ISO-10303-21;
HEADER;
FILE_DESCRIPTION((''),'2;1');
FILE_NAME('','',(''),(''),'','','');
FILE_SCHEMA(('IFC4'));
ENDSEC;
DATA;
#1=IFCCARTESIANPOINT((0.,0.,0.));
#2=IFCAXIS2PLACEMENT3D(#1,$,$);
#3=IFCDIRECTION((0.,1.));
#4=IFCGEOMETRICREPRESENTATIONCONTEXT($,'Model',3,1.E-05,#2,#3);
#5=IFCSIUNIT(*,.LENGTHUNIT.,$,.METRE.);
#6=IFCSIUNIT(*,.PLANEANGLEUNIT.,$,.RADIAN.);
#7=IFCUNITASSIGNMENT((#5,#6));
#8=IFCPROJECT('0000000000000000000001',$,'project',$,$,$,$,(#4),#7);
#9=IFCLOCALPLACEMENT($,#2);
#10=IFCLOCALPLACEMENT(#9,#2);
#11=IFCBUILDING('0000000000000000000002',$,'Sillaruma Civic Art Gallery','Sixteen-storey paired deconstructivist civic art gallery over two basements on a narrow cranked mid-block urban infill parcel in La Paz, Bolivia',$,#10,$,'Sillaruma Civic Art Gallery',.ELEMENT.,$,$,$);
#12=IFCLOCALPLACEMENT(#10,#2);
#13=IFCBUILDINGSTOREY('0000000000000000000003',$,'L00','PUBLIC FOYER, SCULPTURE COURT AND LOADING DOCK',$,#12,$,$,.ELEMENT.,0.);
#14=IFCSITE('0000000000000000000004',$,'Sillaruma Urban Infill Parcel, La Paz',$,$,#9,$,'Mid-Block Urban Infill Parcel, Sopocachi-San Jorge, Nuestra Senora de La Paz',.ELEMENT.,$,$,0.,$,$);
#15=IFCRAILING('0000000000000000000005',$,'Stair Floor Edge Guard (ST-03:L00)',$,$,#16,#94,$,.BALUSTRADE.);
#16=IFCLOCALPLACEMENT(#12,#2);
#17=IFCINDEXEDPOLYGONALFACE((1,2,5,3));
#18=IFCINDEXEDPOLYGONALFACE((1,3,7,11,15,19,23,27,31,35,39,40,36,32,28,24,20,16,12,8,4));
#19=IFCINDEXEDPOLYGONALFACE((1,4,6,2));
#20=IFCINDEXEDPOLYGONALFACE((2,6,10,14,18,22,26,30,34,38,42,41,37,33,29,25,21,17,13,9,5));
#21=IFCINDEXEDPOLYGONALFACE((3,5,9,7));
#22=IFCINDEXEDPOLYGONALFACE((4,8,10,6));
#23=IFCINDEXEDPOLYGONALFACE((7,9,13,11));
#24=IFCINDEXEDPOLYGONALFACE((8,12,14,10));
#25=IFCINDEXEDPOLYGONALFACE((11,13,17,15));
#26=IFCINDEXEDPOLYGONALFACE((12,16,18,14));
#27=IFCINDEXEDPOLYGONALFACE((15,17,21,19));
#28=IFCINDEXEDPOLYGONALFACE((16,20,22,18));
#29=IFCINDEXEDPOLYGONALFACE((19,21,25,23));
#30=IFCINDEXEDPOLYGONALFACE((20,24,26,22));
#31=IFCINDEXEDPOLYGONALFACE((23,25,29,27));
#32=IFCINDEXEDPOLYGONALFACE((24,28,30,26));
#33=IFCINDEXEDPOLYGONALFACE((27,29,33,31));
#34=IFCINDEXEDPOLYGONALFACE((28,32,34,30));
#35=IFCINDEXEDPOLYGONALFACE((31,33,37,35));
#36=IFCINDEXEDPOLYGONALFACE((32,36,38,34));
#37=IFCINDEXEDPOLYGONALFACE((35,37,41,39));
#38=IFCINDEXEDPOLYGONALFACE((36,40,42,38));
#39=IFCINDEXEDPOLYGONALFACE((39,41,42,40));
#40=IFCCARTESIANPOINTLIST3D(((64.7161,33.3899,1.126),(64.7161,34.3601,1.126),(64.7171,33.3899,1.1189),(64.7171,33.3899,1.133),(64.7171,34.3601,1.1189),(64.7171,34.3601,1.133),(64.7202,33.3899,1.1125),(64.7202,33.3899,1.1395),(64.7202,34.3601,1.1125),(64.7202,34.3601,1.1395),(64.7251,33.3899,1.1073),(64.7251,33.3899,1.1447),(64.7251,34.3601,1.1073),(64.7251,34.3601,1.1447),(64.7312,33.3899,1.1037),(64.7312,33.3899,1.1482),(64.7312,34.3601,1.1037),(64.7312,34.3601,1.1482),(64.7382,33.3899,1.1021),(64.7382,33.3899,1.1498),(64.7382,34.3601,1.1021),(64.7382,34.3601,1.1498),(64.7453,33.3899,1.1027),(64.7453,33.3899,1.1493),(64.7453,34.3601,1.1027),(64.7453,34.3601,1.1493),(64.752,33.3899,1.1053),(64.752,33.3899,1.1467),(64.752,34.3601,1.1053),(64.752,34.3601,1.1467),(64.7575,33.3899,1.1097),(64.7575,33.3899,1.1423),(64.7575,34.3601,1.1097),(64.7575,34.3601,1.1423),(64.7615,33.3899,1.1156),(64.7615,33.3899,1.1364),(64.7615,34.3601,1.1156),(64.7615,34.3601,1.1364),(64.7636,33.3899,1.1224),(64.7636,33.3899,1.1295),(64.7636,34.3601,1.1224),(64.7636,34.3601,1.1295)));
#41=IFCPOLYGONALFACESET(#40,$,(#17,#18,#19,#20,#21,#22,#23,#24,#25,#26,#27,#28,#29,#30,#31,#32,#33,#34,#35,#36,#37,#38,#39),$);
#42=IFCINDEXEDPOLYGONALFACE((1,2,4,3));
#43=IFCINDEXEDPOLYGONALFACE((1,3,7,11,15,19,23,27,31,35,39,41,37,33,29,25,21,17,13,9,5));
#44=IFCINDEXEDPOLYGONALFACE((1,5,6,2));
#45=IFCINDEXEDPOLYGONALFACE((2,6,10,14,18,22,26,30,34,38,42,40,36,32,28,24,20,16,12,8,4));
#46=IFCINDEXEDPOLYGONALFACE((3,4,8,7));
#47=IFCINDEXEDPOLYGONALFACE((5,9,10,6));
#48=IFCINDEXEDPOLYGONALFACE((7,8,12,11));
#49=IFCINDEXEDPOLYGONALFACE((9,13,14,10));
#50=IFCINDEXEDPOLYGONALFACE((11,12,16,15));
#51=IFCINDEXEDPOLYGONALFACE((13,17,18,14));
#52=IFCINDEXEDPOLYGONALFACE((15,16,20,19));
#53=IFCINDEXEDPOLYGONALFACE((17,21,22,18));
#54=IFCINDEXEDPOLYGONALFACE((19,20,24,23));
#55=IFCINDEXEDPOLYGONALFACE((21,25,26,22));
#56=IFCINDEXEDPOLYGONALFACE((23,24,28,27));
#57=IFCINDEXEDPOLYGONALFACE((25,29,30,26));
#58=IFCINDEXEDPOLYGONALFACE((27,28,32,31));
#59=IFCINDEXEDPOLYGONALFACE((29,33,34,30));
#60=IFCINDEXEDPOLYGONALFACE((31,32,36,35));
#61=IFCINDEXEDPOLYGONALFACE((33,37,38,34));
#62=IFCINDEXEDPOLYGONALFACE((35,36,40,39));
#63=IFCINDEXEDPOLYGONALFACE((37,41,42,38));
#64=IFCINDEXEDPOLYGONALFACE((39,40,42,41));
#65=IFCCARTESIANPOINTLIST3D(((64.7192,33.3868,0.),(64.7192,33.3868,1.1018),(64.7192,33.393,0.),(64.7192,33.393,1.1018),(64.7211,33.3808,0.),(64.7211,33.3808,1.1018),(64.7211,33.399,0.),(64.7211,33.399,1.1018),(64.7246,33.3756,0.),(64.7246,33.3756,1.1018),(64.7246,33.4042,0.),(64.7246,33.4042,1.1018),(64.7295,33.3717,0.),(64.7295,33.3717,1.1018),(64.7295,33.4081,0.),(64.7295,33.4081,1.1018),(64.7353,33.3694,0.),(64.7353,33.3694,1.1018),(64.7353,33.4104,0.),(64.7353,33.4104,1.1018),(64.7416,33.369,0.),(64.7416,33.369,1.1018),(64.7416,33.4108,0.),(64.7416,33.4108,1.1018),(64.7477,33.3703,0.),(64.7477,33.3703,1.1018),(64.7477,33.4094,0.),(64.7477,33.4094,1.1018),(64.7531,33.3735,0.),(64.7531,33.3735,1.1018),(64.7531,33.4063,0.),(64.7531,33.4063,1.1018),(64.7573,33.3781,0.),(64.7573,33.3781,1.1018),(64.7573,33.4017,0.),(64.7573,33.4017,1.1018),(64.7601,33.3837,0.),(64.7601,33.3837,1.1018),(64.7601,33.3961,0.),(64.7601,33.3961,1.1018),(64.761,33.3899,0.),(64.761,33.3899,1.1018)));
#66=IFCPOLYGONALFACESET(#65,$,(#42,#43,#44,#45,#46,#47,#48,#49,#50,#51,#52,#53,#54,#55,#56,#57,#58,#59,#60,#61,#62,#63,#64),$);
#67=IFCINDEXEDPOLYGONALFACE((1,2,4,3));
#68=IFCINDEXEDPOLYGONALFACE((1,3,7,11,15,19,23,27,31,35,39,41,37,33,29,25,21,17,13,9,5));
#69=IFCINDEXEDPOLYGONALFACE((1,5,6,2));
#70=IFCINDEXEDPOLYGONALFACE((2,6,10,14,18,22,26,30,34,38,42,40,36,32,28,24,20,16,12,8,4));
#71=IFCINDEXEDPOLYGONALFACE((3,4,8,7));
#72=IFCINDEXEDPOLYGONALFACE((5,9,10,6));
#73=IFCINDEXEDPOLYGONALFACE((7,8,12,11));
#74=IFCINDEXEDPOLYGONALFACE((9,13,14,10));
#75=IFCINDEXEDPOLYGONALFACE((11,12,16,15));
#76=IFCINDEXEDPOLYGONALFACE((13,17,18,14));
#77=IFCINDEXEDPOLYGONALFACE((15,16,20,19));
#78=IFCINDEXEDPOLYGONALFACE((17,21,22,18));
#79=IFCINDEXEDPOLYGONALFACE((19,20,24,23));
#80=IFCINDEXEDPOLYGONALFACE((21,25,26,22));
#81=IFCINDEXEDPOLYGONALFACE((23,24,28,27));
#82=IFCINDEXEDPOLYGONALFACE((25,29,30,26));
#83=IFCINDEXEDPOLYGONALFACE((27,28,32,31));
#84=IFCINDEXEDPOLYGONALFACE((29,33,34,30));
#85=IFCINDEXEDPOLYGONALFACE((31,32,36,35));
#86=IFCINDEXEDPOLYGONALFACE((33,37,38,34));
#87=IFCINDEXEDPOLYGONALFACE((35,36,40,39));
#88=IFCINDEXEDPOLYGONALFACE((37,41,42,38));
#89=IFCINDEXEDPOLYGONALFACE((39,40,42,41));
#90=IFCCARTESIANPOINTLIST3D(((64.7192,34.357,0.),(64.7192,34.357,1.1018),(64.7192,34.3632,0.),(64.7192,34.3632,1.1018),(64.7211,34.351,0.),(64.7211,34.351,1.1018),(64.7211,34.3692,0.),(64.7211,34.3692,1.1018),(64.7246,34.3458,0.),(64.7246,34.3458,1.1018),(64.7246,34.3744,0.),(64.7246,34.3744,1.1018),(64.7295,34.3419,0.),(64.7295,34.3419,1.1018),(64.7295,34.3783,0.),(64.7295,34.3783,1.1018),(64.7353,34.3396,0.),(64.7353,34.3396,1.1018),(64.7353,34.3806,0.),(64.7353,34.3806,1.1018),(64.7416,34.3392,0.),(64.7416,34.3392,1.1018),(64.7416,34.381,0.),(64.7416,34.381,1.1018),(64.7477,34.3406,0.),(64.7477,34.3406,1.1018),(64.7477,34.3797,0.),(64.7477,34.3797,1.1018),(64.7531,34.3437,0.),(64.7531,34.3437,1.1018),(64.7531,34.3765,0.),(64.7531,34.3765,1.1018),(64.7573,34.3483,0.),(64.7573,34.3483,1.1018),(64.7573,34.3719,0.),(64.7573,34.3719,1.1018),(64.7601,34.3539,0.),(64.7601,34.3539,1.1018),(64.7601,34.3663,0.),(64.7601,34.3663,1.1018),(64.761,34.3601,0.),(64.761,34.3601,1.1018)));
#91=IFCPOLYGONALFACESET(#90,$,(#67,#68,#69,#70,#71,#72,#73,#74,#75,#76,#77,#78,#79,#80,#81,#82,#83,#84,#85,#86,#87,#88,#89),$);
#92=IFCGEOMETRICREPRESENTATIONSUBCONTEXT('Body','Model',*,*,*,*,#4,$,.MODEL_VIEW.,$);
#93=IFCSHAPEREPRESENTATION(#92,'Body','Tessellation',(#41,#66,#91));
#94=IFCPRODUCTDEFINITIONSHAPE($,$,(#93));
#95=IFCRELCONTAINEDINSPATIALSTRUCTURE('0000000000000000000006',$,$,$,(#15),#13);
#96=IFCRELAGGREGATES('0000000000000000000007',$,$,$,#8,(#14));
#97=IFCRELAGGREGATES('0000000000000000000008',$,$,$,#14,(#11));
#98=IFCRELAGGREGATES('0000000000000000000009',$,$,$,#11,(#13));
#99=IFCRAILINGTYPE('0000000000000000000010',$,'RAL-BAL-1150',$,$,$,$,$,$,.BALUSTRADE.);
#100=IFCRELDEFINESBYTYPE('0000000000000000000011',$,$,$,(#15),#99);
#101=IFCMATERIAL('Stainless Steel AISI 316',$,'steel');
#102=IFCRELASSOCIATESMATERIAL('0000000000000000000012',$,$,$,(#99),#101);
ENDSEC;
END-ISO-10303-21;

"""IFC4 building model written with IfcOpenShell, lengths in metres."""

from ifc_helpers import new_model, si_unit, direction, frame, origin, origin_2d, place, context, subcontext, project, spatial, circle, extrude, material, type_object, element, save


model = new_model("IFC4")

# Units and contexts
model_context = context("Model", 3, precision=1e-05, world=origin(), true_north=direction((0.0, 1.0)))
body_context = subcontext(model_context, "Body", "Model", "MODEL_VIEW")
ifc_project = project(units=[si_unit("LENGTHUNIT", "METRE"), si_unit("PLANEANGLEUNIT", "RADIAN")], contexts=[model_context])

# Site, building, storey
site_placement = place(None, origin())
site = spatial("IfcSite", under=ifc_project, at=site_placement, Name="Sillaruma Urban Infill Parcel, La Paz", LongName="Mid-Block Urban Infill Parcel, Sopocachi-San Jorge, Nuestra Senora de La Paz", CompositionType="ELEMENT", RefElevation=0.0)
building_placement = place(site_placement, origin())
building = spatial("IfcBuilding", under=site, at=building_placement, Name="Sillaruma Civic Art Gallery", Description="Sixteen-storey paired deconstructivist civic art gallery over two basements on a narrow cranked mid-block urban infill parcel in La Paz, Bolivia", LongName="Sillaruma Civic Art Gallery", CompositionType="ELEMENT")
storey_placement = place(building_placement, origin())
storey = spatial("IfcBuildingStorey", under=building, at=storey_placement, Name="L00", Description="PUBLIC FOYER, SCULPTURE COURT AND LOADING DOCK", CompositionType="ELEMENT", Elevation=0.0)

# Railing
ifc_material_1 = material(Name="Stainless Steel AISI 316", Category="steel")
railing_type_1 = type_object("IfcRailingType", Name="RAL-BAL-1150", PredefinedType="BALUSTRADE", material=ifc_material_1)
railing_1_placement = place(storey_placement, frame((64.74, 33.3899, 0.0)))
element("IfcRailing", 1, at=railing_1_placement, inside=storey, type_object=railing_type_1, Name="Stair Floor Edge Guard (ST-03:L00)", PredefinedType="BALUSTRADE", context=body_context, shape_type="SweptSolid", body=[
    extrude(circle(Radius=0.0239, at=origin_2d()), frame((0.0, 0.0, 1.126), z_axis=(0.0, 1.0, 0.0), x_axis=(-1.0, 0.0, 0.0)), (0.0, 0.0, 1.0), 0.9702),
    extrude(circle(Radius=0.021, at=origin_2d()), origin(), (0.0, 0.0, 1.0), 1.1018),
    extrude(circle(Radius=0.021, at=origin_2d()), frame((0.0, 0.9702, 0.0)), (0.0, 0.0, 1.0), 1.1018),
])

save(model, "model.ifc")
